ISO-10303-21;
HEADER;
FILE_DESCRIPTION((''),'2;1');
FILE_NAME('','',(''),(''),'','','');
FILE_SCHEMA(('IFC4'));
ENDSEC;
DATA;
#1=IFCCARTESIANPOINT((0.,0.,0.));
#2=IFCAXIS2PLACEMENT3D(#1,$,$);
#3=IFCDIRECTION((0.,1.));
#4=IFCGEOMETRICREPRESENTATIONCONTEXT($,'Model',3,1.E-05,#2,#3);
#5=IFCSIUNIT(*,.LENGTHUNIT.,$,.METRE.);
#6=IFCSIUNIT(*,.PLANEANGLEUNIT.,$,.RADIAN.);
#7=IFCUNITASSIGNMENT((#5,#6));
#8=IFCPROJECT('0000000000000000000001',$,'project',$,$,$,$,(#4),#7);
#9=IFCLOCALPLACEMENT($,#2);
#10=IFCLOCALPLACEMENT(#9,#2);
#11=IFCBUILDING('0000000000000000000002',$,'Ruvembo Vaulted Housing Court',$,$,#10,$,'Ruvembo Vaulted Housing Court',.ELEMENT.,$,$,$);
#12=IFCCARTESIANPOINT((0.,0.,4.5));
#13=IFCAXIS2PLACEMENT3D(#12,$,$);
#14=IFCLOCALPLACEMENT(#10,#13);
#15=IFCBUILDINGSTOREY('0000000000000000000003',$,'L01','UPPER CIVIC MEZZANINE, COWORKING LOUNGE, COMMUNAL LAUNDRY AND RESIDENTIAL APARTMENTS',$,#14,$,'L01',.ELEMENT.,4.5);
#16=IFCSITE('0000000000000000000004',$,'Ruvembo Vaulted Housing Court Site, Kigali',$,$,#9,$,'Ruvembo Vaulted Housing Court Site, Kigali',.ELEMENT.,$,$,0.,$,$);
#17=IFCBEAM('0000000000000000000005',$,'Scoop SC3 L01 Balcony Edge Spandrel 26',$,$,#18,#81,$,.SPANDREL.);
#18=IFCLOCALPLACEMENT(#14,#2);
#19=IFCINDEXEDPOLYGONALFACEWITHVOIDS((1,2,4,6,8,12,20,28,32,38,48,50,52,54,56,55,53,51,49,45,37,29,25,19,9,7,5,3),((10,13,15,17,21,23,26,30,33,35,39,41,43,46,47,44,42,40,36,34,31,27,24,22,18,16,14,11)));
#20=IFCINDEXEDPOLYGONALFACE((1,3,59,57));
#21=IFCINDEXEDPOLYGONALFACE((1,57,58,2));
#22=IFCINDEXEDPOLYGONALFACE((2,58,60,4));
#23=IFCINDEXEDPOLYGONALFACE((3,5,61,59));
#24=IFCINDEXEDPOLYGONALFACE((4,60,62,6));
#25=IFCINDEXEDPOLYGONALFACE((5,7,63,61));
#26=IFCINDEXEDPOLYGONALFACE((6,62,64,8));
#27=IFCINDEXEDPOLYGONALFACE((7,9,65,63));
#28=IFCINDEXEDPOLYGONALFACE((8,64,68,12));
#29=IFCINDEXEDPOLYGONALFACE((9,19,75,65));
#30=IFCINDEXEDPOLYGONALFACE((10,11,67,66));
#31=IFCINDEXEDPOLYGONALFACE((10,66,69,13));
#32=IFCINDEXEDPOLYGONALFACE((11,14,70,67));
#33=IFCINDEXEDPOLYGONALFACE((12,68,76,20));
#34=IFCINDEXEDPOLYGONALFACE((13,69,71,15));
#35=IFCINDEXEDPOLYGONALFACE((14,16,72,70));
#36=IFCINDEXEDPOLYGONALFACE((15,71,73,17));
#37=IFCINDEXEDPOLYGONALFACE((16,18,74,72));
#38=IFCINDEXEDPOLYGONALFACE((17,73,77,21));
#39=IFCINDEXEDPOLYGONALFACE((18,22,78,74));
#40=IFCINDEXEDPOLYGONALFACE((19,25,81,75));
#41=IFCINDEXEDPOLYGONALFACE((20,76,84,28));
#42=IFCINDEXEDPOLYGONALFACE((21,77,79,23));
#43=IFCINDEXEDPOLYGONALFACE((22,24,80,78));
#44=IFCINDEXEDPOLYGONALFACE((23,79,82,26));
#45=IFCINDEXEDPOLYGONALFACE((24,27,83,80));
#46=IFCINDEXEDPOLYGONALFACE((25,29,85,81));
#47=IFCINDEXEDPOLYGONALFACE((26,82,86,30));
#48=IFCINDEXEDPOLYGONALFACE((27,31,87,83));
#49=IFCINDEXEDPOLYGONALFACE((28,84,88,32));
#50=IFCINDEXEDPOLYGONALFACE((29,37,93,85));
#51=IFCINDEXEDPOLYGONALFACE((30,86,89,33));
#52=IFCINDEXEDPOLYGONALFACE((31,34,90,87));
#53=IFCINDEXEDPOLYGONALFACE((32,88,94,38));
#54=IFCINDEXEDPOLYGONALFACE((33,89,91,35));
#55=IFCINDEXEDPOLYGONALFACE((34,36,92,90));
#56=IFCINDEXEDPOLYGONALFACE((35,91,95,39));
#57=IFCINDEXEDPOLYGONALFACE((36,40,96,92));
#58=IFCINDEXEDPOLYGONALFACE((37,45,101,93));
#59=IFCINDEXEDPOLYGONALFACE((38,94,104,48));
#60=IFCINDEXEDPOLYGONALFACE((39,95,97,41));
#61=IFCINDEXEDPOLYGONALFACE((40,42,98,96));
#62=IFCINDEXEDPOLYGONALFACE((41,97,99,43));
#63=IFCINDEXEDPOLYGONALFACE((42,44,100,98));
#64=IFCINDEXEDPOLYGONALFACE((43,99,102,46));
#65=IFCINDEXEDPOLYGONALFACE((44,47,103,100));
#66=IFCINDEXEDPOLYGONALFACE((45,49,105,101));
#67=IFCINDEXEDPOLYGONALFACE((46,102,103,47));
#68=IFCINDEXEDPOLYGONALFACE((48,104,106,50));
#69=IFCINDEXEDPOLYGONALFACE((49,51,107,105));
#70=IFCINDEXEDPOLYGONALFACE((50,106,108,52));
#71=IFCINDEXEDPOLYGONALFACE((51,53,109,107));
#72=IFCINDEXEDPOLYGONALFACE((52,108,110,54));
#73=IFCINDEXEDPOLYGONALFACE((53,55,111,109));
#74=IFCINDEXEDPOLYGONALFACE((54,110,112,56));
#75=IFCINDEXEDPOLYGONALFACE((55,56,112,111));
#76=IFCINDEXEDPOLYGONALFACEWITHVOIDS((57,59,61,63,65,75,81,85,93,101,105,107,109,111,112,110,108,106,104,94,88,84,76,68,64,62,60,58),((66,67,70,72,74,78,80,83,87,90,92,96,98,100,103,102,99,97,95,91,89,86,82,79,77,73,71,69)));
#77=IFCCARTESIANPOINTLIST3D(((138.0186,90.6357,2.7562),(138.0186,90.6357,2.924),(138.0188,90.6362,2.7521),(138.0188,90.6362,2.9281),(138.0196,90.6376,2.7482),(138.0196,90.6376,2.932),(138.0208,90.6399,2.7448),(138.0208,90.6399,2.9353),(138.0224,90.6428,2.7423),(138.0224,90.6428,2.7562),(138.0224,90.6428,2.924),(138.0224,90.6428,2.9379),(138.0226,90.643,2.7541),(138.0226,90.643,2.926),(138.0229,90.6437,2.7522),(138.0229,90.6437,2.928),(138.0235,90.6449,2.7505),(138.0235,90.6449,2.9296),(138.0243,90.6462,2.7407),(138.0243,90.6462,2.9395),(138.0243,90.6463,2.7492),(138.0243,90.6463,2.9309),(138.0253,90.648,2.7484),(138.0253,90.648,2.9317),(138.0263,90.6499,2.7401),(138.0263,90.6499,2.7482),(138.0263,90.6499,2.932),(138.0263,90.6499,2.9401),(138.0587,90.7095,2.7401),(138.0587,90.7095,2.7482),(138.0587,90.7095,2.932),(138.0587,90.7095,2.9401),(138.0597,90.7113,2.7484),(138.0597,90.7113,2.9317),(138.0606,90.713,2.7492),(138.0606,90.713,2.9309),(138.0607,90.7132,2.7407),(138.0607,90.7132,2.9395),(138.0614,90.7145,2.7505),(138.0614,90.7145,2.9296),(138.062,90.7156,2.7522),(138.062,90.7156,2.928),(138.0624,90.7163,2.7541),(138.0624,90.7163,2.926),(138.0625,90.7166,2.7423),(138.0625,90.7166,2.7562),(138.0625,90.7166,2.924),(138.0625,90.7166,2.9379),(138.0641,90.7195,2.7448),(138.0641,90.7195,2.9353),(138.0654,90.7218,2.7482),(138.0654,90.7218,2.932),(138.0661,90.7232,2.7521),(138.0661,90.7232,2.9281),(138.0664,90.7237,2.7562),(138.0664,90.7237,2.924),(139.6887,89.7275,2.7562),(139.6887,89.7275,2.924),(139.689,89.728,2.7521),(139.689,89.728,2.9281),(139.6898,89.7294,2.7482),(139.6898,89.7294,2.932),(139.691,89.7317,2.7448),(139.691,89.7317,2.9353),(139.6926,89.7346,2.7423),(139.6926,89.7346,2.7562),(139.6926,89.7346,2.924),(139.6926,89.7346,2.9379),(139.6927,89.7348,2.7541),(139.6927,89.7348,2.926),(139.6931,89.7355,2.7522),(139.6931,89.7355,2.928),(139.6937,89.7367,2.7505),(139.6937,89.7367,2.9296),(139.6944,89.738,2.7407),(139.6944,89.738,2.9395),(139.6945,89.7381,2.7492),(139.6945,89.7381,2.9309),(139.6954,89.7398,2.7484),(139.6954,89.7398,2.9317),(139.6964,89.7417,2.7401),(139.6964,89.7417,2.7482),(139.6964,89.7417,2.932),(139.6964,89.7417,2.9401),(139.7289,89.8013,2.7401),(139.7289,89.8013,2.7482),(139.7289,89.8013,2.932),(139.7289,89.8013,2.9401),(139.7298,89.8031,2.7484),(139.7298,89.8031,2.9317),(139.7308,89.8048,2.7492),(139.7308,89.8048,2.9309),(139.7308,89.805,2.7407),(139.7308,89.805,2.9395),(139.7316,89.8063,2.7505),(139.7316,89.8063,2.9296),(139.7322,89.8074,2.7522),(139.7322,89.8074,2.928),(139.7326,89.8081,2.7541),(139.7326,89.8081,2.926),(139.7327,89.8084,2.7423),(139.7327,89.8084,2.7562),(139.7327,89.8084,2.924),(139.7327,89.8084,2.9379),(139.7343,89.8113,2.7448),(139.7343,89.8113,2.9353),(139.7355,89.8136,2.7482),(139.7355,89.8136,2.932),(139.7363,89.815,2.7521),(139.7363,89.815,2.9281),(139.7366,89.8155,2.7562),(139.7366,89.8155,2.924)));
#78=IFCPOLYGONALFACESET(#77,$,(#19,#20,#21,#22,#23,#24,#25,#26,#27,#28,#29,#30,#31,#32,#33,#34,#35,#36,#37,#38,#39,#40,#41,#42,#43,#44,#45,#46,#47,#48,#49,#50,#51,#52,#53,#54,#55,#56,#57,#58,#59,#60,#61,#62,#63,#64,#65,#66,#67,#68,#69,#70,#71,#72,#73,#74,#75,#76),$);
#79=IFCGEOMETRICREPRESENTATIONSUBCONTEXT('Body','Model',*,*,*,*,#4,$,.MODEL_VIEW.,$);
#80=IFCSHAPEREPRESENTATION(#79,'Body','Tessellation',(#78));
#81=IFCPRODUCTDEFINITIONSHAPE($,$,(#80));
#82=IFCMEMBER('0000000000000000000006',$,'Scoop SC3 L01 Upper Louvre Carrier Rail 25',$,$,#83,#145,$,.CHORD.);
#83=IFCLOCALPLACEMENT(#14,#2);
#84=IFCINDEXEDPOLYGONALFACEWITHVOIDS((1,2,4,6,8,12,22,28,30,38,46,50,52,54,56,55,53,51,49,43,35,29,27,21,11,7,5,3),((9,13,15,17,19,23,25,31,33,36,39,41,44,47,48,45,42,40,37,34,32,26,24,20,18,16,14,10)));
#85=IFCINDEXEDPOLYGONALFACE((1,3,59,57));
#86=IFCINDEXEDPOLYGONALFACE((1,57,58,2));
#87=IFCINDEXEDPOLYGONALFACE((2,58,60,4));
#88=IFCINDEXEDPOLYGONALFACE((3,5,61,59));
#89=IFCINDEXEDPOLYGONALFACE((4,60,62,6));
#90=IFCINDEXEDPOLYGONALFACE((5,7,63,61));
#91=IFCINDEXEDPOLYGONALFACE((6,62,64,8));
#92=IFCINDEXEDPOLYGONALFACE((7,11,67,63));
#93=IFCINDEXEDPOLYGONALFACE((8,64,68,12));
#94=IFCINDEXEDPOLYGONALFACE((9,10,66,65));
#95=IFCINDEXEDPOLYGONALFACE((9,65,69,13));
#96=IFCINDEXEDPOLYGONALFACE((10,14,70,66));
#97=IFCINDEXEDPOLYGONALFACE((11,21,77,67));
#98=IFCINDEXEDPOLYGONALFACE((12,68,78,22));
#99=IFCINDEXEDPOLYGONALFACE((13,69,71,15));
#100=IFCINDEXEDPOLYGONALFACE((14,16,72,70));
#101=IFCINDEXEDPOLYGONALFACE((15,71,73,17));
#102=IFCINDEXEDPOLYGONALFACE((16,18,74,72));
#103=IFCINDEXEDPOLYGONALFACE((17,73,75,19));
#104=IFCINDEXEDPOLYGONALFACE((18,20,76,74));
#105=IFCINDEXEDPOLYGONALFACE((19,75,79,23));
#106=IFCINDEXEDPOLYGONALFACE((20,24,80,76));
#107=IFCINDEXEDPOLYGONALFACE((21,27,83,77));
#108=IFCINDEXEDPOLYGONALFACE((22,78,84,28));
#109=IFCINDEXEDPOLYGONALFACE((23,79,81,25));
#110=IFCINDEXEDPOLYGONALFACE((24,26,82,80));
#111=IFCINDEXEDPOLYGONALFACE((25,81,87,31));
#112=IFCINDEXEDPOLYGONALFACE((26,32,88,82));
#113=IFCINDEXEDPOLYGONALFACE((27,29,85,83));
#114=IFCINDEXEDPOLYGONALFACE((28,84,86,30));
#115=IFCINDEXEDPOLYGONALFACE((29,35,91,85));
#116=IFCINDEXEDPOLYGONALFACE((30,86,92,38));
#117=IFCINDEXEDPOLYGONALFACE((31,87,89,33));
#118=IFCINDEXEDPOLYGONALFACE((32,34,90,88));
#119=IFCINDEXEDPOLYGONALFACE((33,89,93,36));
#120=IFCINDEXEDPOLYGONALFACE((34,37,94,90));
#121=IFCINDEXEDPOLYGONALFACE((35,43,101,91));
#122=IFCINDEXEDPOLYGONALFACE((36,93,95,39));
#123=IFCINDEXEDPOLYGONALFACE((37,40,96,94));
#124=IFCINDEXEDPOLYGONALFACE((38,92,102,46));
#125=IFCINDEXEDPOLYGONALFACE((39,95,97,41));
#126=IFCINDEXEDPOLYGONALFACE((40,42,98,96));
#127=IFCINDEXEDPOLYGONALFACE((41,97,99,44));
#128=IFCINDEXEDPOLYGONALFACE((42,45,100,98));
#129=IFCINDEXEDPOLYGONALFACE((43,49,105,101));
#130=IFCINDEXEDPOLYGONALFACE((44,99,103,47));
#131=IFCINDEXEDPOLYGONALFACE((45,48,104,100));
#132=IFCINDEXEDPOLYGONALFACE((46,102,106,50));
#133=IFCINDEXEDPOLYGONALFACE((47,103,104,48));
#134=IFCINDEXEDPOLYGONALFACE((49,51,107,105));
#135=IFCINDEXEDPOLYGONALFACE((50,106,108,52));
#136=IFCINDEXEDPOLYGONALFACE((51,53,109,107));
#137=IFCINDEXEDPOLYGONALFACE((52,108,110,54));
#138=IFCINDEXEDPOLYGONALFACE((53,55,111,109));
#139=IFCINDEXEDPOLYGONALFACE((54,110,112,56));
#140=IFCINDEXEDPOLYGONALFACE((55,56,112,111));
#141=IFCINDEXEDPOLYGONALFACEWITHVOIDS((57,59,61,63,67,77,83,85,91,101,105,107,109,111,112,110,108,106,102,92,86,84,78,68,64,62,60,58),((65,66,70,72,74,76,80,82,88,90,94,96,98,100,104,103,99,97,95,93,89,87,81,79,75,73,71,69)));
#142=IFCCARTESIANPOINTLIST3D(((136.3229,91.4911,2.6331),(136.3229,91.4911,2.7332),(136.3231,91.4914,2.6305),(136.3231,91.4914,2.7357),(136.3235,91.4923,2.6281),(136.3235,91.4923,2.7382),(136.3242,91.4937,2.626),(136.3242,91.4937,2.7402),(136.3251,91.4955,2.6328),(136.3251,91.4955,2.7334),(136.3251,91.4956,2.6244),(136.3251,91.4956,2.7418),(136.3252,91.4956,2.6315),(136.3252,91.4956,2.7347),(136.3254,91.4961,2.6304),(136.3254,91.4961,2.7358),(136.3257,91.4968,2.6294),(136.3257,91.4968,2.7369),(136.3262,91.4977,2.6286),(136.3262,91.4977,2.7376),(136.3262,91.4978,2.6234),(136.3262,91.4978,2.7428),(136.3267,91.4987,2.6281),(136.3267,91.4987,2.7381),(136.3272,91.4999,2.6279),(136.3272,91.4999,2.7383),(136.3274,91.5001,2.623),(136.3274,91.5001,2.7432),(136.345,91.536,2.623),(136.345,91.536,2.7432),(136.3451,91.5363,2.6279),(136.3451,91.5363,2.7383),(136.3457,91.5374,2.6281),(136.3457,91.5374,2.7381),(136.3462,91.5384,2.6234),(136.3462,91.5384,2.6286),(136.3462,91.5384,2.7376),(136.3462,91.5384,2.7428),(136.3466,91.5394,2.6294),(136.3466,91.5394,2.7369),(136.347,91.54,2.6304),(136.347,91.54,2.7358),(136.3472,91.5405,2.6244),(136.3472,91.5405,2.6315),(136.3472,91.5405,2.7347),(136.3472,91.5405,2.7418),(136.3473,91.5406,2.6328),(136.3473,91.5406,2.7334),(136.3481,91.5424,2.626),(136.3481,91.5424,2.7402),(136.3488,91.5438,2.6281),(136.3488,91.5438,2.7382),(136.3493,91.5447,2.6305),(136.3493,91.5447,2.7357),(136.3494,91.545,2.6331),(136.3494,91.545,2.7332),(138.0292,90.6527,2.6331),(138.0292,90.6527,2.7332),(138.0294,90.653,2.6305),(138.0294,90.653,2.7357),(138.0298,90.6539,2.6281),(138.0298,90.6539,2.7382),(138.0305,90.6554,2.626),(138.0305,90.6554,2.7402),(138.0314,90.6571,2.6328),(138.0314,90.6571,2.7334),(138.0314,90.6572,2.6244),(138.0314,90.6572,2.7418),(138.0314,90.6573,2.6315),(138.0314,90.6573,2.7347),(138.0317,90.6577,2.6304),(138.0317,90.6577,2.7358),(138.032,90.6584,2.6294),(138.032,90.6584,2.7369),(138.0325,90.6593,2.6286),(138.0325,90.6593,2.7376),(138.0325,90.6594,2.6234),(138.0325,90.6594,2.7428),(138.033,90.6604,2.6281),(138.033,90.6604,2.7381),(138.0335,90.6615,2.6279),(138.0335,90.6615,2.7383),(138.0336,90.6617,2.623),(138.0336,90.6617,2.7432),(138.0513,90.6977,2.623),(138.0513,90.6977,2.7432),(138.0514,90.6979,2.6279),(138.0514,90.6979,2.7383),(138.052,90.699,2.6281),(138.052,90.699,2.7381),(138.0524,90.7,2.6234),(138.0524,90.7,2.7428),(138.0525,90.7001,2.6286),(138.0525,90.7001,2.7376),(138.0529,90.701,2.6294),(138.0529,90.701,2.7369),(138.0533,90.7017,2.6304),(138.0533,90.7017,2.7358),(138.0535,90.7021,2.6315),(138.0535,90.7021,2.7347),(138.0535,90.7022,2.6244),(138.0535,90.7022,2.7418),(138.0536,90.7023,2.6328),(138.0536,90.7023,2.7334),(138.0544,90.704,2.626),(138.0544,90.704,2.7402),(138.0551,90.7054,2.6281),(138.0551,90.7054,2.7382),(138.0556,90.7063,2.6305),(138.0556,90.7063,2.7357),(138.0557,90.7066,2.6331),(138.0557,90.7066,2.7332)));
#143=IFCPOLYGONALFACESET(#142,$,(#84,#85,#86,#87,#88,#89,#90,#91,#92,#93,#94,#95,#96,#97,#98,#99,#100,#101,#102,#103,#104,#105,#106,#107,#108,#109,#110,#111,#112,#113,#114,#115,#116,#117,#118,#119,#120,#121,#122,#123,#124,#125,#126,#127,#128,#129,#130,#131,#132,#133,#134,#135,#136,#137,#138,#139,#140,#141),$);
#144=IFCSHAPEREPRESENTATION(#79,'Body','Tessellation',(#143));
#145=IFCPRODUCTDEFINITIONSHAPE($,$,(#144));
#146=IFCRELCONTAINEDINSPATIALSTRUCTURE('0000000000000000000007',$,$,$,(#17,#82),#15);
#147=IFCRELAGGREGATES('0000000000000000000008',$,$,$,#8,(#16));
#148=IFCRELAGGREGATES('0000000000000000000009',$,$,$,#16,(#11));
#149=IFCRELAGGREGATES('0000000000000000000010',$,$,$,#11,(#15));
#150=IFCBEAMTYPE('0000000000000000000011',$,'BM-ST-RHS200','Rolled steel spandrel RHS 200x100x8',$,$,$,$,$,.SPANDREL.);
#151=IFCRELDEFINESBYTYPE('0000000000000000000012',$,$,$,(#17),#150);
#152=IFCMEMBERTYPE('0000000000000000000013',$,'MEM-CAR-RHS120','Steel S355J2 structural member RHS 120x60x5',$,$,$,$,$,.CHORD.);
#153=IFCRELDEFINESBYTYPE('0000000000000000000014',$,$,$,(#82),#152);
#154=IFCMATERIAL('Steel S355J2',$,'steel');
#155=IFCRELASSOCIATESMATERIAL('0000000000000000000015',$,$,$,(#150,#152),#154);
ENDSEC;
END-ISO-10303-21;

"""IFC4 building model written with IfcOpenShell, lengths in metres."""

from ifc_helpers import new_model, si_unit, direction, frame, origin, origin_2d, place, context, subcontext, project, spatial, hollow_rectangle, extrude, material, material_profile, profile_set, type_object, element, save


model = new_model("IFC4")

# Units and contexts
model_context = context("Model", 3, precision=1e-05, world=origin(), true_north=direction((0.0, 1.0)))
body_context = subcontext(model_context, "Body", "Model", "MODEL_VIEW")
ifc_project = project(units=[si_unit("LENGTHUNIT", "METRE"), si_unit("PLANEANGLEUNIT", "RADIAN")], contexts=[model_context])

# Site, building, storey
site_placement = place(None, origin())
site = spatial("IfcSite", under=ifc_project, at=site_placement, Name="Ruvembo Vaulted Housing Court Site, Kigali", LongName="Ruvembo Vaulted Housing Court Site, Kigali", CompositionType="ELEMENT", RefElevation=0.0)
building_placement = place(site_placement, origin())
building = spatial("IfcBuilding", under=site, at=building_placement, Name="Ruvembo Vaulted Housing Court", LongName="Ruvembo Vaulted Housing Court", CompositionType="ELEMENT")
storey_placement = place(building_placement, frame((0.0, 0.0, 4.5)))
storey = spatial("IfcBuildingStorey", under=building, at=storey_placement, Name="L01", Description="UPPER CIVIC MEZZANINE, COWORKING LOUNGE, COMMUNAL LAUNDRY AND RESIDENTIAL APARTMENTS", LongName="L01", CompositionType="ELEMENT", Elevation=4.5)

# Beam
ifc_material_1 = material(Name="Steel S355J2", Category="steel")
ifc_material_profile_1 = material_profile(ifc_material_1, hollow_rectangle(XDim=0.1001, YDim=0.2, WallThickness=0.0081, InnerFilletRadius=0.0081, OuterFilletRadius=0.0161, at=origin_2d()), Name="RHS 200x100x8")
ifc_profile_set_1 = profile_set([ifc_material_profile_1], Name="Steel S355J2")
beam_type_1 = type_object("IfcBeamType", Name="BM-ST-RHS200", Description="Rolled steel spandrel RHS 200x100x8", PredefinedType="SPANDREL", material=ifc_profile_set_1)
for number, where, z_axis, x_axis, name in (
    (1, (138.0425, 90.6797, 2.8401), (0.878513, -0.477718, 0.0), (0.477718, 0.878513, 0.0), "Scoop SC3 L01 Balcony Edge Spandrel 26"),
):
    element("IfcBeam", number, at=place(storey_placement, frame(where, z_axis=z_axis, x_axis=x_axis)), inside=storey, type_object=beam_type_1, Name=name, PredefinedType="SPANDREL", context=body_context, shape_type="SweptSolid", body=[
        extrude(hollow_rectangle(XDim=0.1001, YDim=0.2, WallThickness=0.0081, InnerFilletRadius=0.0081, OuterFilletRadius=0.0161, at=origin_2d()), origin(), (0.0, 0.0, 1.0), 1.9011),
    ])

# Member
ifc_material_profile_2 = material_profile(ifc_material_1, hollow_rectangle(XDim=0.0601, YDim=0.1201, WallThickness=0.0049, InnerFilletRadius=0.0049, OuterFilletRadius=0.01, at=origin_2d()), Name="RHS 120x60x5")
ifc_profile_set_2 = profile_set([ifc_material_profile_2], Name="Steel S355J2")
member_type_1 = type_object("IfcMemberType", Name="MEM-CAR-RHS120", Description="Steel S355J2 structural member RHS 120x60x5", PredefinedType="CHORD", material=ifc_profile_set_2)
for number, where, z_axis, x_axis, name in (
    (2, (136.3362, 91.5181, 2.6831), (0.897513, -0.440987, 0.0), (0.440987, 0.897513, 0.0), "Scoop SC3 L01 Upper Louvre Carrier Rail 25"),
):
    element("IfcMember", number, at=place(storey_placement, frame(where, z_axis=z_axis, x_axis=x_axis)), inside=storey, type_object=member_type_1, Name=name, PredefinedType="CHORD", context=body_context, shape_type="SweptSolid", body=[
        extrude(hollow_rectangle(XDim=0.0601, YDim=0.1201, WallThickness=0.0049, InnerFilletRadius=0.0049, OuterFilletRadius=0.01, at=origin_2d()), origin(), (0.0, 0.0, 1.0), 1.9011),
    ])

save(model, "model.ifc")
